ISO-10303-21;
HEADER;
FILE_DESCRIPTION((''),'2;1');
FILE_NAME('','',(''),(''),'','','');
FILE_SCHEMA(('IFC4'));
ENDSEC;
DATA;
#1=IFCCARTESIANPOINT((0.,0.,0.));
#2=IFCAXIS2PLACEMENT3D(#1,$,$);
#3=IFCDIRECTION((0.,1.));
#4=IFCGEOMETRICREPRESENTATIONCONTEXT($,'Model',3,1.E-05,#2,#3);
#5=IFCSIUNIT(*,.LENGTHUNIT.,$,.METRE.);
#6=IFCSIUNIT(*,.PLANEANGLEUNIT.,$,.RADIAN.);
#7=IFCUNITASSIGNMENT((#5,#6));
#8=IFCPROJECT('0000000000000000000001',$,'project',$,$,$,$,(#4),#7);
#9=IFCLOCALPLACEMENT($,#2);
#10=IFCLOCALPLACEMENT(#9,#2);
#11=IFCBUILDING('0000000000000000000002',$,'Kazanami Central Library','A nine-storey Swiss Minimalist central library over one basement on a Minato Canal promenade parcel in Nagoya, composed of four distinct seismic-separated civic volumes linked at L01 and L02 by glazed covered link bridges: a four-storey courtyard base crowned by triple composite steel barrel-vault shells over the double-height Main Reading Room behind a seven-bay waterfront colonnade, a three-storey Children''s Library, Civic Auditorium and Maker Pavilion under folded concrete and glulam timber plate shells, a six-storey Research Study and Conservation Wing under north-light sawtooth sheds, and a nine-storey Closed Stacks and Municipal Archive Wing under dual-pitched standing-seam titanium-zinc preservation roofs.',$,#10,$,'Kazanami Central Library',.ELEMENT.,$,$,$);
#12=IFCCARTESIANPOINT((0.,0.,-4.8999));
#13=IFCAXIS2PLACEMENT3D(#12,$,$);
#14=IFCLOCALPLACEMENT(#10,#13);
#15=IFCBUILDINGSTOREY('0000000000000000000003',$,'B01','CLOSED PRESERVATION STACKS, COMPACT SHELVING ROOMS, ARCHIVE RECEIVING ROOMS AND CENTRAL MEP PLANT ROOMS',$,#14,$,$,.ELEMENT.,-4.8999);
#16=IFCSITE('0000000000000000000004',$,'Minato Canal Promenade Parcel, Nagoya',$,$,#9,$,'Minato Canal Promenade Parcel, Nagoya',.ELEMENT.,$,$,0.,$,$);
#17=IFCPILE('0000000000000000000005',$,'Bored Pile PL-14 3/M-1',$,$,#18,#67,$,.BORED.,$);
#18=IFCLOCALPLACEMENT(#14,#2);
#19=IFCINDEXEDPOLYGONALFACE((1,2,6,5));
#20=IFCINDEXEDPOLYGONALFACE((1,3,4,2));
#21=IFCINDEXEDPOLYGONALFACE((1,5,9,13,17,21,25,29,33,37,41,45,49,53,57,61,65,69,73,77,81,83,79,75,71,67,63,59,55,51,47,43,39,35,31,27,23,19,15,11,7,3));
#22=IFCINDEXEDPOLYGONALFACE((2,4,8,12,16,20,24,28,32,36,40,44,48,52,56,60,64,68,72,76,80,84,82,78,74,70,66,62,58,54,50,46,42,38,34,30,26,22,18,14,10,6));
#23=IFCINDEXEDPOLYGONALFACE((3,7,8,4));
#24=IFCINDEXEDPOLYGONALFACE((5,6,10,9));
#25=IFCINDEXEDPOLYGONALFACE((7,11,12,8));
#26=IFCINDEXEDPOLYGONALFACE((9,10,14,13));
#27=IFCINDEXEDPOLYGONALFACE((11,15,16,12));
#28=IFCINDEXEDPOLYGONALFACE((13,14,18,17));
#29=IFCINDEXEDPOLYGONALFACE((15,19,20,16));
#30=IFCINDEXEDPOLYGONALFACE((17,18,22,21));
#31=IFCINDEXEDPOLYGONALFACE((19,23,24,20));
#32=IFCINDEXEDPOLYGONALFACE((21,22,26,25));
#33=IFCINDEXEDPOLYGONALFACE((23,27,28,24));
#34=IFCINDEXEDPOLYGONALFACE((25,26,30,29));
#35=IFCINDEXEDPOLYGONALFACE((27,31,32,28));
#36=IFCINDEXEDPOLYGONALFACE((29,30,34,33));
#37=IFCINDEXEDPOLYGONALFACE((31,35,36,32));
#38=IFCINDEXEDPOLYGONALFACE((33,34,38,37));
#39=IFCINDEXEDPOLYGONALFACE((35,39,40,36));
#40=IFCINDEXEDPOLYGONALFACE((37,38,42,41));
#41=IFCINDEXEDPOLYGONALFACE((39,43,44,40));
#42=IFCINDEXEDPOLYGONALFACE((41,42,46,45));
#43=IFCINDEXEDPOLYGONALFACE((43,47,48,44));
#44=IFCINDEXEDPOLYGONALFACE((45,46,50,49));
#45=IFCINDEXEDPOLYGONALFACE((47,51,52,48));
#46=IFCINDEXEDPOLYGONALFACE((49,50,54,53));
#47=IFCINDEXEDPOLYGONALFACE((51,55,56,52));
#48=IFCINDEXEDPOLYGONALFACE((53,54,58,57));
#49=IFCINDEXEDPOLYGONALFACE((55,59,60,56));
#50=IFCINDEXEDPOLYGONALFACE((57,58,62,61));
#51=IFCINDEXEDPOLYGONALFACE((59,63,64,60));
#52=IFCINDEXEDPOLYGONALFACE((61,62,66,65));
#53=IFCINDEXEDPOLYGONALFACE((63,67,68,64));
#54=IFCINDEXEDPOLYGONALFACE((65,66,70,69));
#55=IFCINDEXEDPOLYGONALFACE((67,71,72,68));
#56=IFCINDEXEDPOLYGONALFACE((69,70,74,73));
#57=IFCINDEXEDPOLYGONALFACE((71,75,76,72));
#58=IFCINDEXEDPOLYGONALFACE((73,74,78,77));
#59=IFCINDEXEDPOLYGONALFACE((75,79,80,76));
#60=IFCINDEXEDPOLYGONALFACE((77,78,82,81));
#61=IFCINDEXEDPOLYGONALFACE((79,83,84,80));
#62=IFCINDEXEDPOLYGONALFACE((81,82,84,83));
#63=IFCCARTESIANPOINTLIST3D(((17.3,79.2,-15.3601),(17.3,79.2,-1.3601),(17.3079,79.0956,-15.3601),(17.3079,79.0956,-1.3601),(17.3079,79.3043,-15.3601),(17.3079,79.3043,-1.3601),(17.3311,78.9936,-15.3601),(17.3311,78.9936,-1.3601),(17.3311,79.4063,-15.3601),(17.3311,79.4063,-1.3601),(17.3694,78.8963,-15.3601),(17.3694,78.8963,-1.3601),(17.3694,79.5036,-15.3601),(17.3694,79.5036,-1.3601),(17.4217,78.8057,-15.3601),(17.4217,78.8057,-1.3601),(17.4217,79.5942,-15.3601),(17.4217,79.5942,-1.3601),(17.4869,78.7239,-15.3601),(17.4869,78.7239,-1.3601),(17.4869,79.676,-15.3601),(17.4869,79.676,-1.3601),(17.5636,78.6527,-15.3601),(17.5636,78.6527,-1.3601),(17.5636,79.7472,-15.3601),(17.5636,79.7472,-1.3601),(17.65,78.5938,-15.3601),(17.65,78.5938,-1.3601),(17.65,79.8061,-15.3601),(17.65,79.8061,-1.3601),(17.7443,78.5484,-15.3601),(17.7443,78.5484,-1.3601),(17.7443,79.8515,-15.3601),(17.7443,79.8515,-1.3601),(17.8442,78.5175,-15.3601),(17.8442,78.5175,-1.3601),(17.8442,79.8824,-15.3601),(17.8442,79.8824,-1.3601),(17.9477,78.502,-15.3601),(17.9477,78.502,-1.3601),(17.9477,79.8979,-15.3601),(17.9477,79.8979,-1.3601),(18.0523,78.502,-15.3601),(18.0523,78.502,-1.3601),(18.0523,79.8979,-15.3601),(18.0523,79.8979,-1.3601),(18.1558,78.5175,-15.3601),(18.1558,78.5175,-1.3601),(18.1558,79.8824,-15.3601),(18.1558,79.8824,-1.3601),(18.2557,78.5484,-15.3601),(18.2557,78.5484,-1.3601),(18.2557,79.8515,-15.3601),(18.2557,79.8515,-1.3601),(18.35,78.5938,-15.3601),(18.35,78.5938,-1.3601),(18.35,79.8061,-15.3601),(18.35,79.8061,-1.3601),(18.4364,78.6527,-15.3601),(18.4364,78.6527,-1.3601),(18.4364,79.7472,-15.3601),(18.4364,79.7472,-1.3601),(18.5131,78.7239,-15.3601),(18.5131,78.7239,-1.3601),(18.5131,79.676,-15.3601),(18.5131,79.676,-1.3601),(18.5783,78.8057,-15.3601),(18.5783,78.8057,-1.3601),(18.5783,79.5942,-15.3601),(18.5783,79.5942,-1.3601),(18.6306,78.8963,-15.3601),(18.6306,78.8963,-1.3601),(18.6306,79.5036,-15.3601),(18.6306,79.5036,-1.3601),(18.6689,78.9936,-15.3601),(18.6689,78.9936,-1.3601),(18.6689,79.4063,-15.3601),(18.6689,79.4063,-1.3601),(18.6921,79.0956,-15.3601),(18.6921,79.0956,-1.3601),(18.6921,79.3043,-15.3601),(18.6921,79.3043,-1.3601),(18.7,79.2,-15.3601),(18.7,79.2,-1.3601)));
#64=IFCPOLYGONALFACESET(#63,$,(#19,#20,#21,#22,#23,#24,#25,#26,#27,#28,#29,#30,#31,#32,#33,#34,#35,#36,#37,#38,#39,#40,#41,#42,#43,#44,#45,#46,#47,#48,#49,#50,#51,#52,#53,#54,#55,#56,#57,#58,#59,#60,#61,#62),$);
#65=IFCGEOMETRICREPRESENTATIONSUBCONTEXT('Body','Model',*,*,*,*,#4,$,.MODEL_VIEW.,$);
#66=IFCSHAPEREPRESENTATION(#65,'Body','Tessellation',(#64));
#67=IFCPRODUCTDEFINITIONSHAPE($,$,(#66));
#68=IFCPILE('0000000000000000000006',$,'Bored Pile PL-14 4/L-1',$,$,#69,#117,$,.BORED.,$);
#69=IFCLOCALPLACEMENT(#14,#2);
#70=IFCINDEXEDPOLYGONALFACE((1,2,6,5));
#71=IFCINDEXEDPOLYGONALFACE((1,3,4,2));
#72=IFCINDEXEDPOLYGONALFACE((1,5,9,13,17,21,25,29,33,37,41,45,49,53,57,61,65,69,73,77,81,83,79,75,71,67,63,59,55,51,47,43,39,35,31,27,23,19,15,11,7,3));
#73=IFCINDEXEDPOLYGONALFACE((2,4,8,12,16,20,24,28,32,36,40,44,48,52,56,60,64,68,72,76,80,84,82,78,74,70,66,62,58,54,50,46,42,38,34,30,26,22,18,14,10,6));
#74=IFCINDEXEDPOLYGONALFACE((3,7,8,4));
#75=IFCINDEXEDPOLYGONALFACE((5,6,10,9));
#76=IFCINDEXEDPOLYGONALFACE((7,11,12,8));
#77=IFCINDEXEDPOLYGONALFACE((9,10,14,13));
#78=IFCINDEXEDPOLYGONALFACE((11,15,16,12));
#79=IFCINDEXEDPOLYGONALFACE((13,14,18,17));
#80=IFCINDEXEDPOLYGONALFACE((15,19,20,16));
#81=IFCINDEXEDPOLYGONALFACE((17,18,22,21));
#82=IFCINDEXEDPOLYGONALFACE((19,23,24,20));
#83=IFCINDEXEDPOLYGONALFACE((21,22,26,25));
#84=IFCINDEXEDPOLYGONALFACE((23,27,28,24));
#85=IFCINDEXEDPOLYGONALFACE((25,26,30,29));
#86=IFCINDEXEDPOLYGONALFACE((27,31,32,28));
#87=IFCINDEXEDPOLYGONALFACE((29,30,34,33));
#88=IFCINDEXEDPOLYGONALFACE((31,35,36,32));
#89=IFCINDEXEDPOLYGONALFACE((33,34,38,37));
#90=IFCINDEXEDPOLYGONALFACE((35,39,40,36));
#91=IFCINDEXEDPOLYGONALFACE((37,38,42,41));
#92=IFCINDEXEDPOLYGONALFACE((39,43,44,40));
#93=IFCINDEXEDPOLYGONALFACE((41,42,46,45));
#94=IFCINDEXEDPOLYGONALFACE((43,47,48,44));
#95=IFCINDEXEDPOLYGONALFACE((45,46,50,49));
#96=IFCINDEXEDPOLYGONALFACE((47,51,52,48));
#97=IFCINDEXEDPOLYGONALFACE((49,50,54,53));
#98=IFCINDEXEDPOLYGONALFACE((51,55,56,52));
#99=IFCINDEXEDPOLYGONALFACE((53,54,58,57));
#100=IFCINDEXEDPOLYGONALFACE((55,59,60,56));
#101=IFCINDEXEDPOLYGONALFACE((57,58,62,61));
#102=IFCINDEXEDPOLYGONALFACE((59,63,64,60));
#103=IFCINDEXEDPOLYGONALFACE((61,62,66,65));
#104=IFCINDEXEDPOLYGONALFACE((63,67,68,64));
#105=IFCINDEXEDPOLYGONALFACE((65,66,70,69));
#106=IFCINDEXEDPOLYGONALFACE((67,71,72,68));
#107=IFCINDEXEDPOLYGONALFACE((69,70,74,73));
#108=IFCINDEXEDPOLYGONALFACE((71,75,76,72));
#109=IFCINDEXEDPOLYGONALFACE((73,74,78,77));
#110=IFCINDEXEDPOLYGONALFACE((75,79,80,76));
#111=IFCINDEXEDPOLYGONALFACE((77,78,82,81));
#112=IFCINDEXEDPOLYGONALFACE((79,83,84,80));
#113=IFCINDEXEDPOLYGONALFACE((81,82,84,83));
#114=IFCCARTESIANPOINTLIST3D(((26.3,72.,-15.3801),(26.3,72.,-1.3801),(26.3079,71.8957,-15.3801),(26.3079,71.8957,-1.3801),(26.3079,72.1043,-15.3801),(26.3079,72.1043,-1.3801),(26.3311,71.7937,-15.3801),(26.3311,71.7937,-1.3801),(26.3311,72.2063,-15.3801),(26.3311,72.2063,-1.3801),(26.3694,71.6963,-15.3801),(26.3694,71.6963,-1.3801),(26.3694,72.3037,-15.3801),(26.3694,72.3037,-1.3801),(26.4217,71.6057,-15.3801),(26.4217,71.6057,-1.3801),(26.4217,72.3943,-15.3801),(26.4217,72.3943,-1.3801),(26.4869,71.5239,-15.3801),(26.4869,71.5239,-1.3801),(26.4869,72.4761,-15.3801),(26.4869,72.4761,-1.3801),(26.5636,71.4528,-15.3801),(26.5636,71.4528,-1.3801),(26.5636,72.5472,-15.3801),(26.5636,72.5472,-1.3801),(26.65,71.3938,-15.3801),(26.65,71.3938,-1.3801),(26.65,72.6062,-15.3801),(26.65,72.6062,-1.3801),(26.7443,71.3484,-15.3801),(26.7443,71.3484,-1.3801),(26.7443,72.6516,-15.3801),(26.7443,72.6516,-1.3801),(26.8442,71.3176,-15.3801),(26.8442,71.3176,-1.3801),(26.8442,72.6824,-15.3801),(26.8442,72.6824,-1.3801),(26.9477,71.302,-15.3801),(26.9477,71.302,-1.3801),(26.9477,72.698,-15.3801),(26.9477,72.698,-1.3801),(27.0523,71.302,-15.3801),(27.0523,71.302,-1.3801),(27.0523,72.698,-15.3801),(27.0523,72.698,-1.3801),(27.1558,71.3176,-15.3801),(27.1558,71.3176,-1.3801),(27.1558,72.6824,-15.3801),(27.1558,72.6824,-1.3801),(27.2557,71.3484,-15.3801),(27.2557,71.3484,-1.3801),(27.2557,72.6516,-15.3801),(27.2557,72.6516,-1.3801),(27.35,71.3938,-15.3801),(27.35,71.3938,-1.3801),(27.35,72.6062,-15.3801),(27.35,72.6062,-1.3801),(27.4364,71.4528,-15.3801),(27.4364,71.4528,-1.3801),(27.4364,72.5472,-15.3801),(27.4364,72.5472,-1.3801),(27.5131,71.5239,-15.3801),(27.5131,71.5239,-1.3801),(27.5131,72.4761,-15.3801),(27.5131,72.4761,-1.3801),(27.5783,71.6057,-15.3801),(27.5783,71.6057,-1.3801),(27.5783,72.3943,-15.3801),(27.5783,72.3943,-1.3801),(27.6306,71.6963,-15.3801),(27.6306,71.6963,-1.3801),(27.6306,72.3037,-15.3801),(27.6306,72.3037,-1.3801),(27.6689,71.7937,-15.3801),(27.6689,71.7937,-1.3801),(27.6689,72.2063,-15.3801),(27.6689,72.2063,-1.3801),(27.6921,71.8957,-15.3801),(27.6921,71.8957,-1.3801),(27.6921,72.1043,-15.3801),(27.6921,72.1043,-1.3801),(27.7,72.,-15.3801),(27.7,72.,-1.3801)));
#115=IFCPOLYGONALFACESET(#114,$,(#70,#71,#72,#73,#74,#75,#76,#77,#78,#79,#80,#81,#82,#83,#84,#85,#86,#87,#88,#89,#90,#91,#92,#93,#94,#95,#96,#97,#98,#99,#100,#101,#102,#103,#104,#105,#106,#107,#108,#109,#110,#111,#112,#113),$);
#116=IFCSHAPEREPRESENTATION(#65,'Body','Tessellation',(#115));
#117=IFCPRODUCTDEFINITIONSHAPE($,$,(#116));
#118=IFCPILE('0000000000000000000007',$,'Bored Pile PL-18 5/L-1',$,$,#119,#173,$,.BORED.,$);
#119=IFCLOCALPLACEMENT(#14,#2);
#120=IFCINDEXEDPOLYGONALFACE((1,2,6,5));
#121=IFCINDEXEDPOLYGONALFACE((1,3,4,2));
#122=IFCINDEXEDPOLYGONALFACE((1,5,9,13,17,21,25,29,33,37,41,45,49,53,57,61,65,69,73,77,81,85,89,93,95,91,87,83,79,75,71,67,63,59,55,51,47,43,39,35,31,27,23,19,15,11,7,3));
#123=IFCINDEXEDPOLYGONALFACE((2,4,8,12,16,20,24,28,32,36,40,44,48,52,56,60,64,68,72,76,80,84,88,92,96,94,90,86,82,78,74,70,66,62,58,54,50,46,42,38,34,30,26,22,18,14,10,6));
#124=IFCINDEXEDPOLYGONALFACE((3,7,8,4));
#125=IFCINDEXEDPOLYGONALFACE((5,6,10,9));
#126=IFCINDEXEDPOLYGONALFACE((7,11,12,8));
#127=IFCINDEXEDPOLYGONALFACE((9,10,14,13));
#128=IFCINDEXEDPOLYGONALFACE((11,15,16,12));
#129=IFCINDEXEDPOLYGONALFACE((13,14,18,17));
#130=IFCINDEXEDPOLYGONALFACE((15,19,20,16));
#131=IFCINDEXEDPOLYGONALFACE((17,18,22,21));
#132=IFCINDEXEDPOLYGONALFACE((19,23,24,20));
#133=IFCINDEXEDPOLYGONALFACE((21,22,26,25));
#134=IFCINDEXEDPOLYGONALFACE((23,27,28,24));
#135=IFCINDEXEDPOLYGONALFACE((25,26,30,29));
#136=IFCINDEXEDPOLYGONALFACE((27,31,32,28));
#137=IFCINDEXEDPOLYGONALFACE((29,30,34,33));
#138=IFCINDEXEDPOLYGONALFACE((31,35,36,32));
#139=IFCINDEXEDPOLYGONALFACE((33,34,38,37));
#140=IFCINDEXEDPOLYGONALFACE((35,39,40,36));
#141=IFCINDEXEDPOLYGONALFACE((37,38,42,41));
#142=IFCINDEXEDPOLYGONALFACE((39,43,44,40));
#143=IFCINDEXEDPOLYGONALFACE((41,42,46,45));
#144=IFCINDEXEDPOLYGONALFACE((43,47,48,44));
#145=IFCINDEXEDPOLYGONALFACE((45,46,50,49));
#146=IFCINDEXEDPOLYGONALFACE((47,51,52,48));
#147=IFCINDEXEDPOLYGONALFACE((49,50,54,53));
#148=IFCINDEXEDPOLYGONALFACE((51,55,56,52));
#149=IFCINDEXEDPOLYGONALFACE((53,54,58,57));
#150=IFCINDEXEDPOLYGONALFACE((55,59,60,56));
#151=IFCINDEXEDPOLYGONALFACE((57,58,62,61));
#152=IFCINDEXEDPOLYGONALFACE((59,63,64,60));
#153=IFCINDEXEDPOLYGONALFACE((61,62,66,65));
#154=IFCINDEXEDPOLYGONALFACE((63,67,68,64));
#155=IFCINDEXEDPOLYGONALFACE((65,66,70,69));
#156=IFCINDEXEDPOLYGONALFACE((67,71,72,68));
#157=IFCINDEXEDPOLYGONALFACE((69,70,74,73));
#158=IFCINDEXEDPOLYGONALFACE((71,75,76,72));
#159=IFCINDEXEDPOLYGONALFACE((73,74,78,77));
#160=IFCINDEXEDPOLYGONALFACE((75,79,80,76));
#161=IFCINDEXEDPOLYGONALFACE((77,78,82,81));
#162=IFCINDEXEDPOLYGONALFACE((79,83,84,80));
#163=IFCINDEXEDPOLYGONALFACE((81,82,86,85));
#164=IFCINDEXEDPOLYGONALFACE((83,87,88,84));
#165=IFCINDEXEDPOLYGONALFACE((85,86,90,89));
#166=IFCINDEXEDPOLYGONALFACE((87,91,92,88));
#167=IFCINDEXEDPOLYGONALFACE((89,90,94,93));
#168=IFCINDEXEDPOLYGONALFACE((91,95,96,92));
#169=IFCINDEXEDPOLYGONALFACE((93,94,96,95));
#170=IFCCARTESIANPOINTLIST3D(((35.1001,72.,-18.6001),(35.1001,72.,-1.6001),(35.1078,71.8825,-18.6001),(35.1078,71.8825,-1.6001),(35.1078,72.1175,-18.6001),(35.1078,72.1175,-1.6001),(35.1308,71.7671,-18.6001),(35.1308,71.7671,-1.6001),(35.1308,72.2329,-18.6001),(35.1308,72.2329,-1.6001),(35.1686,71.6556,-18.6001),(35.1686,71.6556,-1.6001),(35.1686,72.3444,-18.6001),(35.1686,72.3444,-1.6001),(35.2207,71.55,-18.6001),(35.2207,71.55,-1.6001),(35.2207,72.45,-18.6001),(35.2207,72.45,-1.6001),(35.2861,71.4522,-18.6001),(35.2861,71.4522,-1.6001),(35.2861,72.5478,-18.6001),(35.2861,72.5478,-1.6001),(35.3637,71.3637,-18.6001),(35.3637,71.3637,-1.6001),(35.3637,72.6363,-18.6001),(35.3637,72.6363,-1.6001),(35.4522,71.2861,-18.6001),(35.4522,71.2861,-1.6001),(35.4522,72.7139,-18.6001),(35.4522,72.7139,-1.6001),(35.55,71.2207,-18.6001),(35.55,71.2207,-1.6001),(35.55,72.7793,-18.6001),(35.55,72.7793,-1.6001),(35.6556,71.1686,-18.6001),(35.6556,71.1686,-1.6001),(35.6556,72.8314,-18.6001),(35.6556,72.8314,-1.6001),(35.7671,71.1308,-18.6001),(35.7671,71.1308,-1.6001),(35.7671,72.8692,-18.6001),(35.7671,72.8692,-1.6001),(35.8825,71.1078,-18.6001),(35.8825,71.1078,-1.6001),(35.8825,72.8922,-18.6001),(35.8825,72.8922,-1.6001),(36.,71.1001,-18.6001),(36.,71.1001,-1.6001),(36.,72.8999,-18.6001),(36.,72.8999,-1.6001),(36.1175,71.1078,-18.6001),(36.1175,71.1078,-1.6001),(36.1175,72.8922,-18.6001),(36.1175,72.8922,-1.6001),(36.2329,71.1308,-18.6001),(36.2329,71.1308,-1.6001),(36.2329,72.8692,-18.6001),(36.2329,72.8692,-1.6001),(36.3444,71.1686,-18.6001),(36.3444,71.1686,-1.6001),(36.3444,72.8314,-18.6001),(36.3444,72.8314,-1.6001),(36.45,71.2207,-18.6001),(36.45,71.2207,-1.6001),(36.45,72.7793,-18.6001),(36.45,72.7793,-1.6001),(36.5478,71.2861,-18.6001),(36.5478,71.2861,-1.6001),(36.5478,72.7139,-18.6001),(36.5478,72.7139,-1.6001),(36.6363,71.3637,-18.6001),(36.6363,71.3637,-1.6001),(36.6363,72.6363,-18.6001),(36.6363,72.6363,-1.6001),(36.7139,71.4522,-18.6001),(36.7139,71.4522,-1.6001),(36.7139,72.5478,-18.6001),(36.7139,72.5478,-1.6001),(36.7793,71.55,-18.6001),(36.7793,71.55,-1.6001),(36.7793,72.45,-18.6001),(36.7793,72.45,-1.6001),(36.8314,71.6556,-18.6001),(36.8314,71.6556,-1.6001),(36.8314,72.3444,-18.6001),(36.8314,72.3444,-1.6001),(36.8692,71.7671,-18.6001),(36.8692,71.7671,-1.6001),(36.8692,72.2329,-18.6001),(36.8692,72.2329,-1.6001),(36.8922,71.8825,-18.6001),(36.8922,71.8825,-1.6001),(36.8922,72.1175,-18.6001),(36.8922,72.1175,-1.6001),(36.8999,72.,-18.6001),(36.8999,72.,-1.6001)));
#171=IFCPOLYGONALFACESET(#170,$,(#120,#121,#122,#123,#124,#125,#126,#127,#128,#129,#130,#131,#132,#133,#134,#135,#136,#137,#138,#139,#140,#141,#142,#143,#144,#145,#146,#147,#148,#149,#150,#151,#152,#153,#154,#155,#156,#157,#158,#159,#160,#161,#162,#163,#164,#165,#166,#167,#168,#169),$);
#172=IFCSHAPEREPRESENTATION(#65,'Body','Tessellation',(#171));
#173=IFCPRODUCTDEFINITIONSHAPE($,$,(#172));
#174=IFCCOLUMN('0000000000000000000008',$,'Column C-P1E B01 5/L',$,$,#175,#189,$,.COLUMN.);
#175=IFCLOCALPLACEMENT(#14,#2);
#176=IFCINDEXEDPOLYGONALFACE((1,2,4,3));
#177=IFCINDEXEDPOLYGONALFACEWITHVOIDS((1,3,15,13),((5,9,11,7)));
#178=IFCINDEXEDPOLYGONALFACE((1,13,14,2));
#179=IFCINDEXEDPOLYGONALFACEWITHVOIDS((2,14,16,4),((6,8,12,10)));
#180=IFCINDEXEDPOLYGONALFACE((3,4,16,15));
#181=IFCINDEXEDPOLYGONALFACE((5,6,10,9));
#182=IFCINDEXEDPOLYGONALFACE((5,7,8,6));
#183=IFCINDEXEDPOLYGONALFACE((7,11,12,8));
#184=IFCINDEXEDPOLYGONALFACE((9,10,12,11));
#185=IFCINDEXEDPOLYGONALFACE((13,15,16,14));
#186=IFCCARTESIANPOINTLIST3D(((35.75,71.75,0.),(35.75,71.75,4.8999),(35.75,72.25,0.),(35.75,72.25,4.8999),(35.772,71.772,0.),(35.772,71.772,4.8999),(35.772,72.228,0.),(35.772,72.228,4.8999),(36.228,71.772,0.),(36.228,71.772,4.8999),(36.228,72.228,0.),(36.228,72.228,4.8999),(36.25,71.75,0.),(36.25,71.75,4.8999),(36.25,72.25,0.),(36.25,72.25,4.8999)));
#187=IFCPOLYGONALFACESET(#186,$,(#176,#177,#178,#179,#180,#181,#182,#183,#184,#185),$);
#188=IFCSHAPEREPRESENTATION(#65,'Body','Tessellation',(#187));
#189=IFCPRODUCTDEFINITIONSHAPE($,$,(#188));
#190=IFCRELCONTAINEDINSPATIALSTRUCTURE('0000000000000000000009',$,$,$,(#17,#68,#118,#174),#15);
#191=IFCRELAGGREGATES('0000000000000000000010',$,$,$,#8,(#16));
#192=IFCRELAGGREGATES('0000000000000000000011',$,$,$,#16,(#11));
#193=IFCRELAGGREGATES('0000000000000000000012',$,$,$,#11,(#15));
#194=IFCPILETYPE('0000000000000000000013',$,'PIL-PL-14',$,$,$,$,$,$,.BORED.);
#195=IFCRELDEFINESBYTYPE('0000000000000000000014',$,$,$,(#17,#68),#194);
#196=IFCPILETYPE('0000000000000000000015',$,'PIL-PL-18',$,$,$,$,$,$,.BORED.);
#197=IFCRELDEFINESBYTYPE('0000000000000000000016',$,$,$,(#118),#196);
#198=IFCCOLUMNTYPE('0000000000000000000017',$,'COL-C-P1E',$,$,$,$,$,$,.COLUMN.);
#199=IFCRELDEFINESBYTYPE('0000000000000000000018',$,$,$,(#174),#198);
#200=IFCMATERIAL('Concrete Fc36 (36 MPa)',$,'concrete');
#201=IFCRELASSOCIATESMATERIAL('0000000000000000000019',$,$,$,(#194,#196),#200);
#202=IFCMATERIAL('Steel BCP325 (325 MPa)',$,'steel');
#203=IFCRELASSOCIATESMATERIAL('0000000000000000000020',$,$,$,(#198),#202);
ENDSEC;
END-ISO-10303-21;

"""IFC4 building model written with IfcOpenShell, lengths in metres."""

from ifc_helpers import new_model, si_unit, direction, frame, origin, origin_2d, place, context, subcontext, project, spatial, hollow_rectangle, circle, extrude, material, material_profile, profile_set, type_object, element, save


model = new_model("IFC4")

# Units and contexts
model_context = context("Model", 3, precision=1e-05, world=origin(), true_north=direction((0.0, 1.0)))
body_context = subcontext(model_context, "Body", "Model", "MODEL_VIEW")
ifc_project = project(units=[si_unit("LENGTHUNIT", "METRE"), si_unit("PLANEANGLEUNIT", "RADIAN")], contexts=[model_context])

# Site, building, storey
site_placement = place(None, origin())
site = spatial("IfcSite", under=ifc_project, at=site_placement, Name="Minato Canal Promenade Parcel, Nagoya", LongName="Minato Canal Promenade Parcel, Nagoya", CompositionType="ELEMENT", RefElevation=0.0)
building_placement = place(site_placement, origin())
building = spatial("IfcBuilding", under=site, at=building_placement, Name="Kazanami Central Library", Description="A nine-storey Swiss Minimalist central library over one basement on a Minato Canal promenade parcel in Nagoya, composed of four distinct seismic-separated civic volumes linked at L01 and L02 by glazed covered link bridges: a four-storey courtyard base crowned by triple composite steel barrel-vault shells over the double-height Main Reading Room behind a seven-bay waterfront colonnade, a three-storey Children's Library, Civic Auditorium and Maker Pavilion under folded concrete and glulam timber plate shells, a six-storey Research Study and Conservation Wing under north-light sawtooth sheds, and a nine-storey Closed Stacks and Municipal Archive Wing under dual-pitched standing-seam titanium-zinc preservation roofs.", LongName="Kazanami Central Library", CompositionType="ELEMENT")
storey_placement = place(building_placement, frame((0.0, 0.0, -4.8999)))
storey = spatial("IfcBuildingStorey", under=building, at=storey_placement, Name="B01", Description="CLOSED PRESERVATION STACKS, COMPACT SHELVING ROOMS, ARCHIVE RECEIVING ROOMS AND CENTRAL MEP PLANT ROOMS", CompositionType="ELEMENT", Elevation=-4.8999)

# Shared definitions
ifc_material_1 = material(Name="Concrete Fc36 (36 MPa)", Category="concrete")

# Piles
ifc_material_profile_1 = material_profile(ifc_material_1, circle(Radius=0.7, at=origin_2d()), Name="BORED-D1400")
ifc_profile_set_1 = profile_set([ifc_material_profile_1], Name="Concrete Fc36 (36 MPa)")
pile_type_1 = type_object("IfcPileType", Name="PIL-PL-14", PredefinedType="BORED", material=ifc_profile_set_1)
for number, where, z_axis, x_axis, name in (
    (1, (18.0, 79.2, -1.3601), (0.0, 0.0, -1.0), (1.0, 0.0, 0.0), "Bored Pile PL-14 3/M-1"),
    (2, (27.0, 72.0, -1.3801), (0.0, 0.0, -1.0), (1.0, 0.0, 0.0), "Bored Pile PL-14 4/L-1"),
):
    element("IfcPile", number, at=place(storey_placement, frame(where, z_axis=z_axis, x_axis=x_axis)), inside=storey, type_object=pile_type_1, Name=name, PredefinedType="BORED", context=body_context, shape_type="SweptSolid", body=[
        extrude(circle(Radius=0.7, at=origin_2d()), origin(), (0.0, 0.0, 1.0), 14.0),
    ])
ifc_material_profile_2 = material_profile(ifc_material_1, circle(Radius=0.8999, at=origin_2d()), Name="BORED-D1800")
ifc_profile_set_2 = profile_set([ifc_material_profile_2], Name="Concrete Fc36 (36 MPa)")
pile_type_2 = type_object("IfcPileType", Name="PIL-PL-18", PredefinedType="BORED", material=ifc_profile_set_2)
pile_1_placement = place(storey_placement, frame((36.0, 72.0, -1.6001), z_axis=(0.0, 0.0, -1.0), x_axis=(1.0, 0.0, 0.0)))
element("IfcPile", 3, at=pile_1_placement, inside=storey, type_object=pile_type_2, Name="Bored Pile PL-18 5/L-1", PredefinedType="BORED", context=body_context, shape_type="SweptSolid", body=[
    extrude(circle(Radius=0.8999, at=origin_2d()), origin(), (0.0, 0.0, 1.0), 17.0),
])

# Column
ifc_material_2 = material(Name="Steel BCP325 (325 MPa)", Category="steel")
ifc_material_profile_3 = material_profile(ifc_material_2, hollow_rectangle(XDim=0.5, YDim=0.5, WallThickness=0.022, at=origin_2d()), Name="BCP-500x500x22")
ifc_profile_set_3 = profile_set([ifc_material_profile_3], Name="Steel BCP325 (325 MPa)")
column_type_1 = type_object("IfcColumnType", Name="COL-C-P1E", PredefinedType="COLUMN", material=ifc_profile_set_3)
column_placement = place(storey_placement, frame((36.0, 72.0, 0.0), z_axis=(0.0, 0.0, 1.0), x_axis=(1.0, 0.0, 0.0)))
element("IfcColumn", 4, at=column_placement, inside=storey, type_object=column_type_1, Name="Column C-P1E B01 5/L", PredefinedType="COLUMN", context=body_context, shape_type="SweptSolid", body=[
    extrude(hollow_rectangle(XDim=0.5, YDim=0.5, WallThickness=0.022, at=origin_2d()), origin(), (0.0, 0.0, 1.0), 4.8999),
])

save(model, "model.ifc")
